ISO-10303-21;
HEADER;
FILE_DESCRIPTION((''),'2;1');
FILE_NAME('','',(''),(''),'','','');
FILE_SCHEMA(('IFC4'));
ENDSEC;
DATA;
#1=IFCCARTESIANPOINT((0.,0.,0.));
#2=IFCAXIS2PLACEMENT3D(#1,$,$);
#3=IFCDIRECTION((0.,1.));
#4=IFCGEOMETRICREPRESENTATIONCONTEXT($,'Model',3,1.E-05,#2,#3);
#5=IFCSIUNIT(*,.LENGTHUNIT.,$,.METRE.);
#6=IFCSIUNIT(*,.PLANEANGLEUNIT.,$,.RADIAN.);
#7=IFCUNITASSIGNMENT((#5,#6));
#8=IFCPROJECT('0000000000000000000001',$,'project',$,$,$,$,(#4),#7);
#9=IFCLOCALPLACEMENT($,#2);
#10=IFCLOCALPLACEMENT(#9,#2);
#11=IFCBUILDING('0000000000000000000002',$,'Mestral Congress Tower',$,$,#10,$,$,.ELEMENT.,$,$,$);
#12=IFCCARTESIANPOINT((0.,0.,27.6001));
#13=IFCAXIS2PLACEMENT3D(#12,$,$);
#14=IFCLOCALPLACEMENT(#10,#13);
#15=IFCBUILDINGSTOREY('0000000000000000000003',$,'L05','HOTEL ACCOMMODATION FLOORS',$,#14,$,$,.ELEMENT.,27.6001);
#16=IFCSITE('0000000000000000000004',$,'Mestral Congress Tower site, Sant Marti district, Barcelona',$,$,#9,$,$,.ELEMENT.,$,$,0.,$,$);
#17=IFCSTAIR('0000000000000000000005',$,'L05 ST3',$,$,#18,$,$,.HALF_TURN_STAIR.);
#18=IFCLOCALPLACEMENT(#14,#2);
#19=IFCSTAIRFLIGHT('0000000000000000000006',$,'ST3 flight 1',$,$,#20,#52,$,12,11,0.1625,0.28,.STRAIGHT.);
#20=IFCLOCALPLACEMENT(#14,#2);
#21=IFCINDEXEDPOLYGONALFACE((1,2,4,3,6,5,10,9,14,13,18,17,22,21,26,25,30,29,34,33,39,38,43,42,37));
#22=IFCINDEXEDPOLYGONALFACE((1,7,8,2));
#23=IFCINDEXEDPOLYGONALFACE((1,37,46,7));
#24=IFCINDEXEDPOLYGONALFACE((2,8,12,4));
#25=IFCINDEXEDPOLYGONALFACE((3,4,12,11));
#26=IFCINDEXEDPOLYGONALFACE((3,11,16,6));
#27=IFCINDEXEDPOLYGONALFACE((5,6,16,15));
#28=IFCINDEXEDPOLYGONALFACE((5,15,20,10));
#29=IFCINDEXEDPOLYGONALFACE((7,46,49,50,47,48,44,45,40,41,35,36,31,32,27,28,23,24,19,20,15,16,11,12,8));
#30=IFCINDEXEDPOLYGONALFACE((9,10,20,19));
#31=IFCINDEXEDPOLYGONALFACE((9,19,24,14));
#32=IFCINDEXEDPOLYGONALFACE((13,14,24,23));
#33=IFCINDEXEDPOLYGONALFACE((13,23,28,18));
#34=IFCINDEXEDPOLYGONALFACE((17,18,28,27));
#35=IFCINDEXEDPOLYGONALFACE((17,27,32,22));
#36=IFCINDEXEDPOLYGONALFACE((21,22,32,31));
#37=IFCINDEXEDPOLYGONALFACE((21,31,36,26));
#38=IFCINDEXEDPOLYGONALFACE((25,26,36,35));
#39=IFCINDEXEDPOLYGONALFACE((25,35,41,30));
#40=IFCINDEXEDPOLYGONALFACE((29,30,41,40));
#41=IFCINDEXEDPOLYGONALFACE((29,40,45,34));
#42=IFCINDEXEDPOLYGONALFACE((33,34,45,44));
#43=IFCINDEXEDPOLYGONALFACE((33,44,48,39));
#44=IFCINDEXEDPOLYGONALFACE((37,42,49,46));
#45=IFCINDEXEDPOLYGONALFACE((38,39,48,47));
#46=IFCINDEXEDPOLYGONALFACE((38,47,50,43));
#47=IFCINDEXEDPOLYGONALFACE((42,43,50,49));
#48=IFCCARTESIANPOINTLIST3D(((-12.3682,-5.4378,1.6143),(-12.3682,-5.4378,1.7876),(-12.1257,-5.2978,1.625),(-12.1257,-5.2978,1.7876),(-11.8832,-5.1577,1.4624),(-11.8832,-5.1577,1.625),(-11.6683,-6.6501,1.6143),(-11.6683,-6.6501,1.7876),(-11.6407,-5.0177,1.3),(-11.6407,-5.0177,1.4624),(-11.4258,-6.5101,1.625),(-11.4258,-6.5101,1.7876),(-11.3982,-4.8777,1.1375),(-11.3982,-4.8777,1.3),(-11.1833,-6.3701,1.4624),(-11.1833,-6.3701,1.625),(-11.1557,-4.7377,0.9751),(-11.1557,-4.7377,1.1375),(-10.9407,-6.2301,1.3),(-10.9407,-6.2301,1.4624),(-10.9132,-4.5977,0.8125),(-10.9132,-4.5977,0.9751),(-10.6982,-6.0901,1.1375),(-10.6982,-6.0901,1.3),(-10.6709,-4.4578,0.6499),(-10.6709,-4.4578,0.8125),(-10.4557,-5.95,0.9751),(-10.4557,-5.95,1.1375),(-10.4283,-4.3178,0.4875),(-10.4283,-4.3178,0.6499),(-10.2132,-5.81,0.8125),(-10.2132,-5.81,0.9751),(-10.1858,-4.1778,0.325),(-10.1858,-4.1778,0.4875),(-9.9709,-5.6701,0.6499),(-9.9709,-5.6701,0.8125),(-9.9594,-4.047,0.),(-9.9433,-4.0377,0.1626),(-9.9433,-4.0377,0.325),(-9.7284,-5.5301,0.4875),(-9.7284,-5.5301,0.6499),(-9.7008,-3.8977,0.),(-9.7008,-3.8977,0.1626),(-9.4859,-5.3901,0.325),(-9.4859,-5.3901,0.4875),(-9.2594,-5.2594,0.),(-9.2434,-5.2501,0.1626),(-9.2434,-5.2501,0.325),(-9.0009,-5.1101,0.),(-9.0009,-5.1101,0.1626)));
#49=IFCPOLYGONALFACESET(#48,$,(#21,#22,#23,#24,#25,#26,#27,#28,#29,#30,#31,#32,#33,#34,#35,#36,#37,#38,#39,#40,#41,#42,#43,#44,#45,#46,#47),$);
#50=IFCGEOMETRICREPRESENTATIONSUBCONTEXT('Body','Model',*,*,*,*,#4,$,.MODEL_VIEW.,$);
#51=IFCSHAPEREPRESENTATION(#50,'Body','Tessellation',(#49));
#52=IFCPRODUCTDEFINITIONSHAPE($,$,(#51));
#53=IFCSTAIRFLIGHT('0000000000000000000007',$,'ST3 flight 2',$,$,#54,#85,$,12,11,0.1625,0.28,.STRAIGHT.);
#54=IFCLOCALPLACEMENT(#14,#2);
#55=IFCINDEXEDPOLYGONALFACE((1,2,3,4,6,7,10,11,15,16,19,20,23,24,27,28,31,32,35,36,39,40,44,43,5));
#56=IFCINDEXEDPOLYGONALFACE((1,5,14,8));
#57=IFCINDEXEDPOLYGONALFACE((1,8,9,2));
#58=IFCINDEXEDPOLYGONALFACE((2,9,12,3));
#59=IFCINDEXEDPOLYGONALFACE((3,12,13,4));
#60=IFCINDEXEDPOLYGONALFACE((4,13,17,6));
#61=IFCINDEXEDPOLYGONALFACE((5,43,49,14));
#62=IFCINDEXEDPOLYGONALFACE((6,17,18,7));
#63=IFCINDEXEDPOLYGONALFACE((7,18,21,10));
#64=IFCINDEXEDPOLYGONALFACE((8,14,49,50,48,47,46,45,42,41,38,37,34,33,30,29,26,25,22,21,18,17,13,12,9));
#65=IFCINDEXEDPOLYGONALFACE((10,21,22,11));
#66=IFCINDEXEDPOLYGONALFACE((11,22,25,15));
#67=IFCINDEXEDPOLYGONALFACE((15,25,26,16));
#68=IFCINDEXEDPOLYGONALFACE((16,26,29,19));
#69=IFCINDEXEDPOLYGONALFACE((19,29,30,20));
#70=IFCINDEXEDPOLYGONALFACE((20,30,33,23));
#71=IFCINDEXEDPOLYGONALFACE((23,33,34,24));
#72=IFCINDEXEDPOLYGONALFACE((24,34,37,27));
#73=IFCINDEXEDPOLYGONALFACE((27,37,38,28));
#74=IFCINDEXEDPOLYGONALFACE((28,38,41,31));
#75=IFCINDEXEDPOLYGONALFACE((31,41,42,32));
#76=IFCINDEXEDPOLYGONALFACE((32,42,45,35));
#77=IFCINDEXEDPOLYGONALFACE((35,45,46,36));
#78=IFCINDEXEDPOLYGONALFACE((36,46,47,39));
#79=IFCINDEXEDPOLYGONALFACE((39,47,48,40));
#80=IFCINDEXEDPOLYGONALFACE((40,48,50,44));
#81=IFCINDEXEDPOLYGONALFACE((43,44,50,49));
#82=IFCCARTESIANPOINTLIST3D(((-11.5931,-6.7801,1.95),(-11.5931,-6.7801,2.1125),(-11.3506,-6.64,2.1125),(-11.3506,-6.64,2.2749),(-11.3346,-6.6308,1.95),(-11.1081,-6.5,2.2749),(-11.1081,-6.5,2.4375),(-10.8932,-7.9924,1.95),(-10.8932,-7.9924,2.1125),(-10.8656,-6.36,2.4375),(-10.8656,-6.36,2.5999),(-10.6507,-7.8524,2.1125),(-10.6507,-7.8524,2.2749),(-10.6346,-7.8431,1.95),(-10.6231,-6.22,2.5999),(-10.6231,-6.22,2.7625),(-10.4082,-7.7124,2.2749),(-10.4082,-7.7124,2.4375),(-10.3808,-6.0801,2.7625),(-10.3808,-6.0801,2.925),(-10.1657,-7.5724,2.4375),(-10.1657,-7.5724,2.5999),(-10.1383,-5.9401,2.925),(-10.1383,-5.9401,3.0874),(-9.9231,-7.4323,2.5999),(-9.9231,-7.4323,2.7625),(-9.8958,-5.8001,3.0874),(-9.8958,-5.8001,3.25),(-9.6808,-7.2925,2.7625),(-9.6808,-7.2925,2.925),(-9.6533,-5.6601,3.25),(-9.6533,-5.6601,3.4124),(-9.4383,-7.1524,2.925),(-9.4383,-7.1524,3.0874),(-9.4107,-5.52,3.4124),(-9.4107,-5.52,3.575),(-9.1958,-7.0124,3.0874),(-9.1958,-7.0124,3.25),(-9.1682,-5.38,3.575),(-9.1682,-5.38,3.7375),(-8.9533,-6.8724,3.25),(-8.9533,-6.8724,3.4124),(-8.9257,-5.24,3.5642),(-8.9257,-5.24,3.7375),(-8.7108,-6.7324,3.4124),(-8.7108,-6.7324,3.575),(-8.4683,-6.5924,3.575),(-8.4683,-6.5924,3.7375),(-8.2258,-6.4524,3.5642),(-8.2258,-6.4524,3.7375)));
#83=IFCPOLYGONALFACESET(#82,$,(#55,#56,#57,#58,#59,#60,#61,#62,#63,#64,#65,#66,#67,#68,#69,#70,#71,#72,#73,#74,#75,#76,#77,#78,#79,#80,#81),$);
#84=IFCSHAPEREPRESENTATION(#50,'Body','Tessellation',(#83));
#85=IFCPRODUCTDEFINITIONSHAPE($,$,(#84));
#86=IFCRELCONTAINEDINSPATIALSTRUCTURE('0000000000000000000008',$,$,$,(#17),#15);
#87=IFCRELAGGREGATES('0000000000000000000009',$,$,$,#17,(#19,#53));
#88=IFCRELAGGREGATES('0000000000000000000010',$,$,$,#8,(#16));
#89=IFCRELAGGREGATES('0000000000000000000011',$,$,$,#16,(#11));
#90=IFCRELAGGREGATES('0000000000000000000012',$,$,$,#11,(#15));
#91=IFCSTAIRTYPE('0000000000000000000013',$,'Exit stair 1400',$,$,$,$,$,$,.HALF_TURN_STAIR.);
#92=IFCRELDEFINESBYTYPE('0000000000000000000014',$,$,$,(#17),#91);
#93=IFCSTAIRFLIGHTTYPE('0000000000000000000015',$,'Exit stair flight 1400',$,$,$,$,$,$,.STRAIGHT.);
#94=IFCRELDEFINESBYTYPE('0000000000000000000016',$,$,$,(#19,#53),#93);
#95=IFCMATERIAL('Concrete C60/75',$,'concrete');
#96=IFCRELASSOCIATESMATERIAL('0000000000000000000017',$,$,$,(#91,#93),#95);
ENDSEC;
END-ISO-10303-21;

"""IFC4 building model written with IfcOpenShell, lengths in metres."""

from ifc_helpers import new_model, si_unit, direction, frame, origin, place, context, subcontext, project, spatial, polyline, outline, extrude, material, type_object, element, aggregate, save


model = new_model("IFC4")

# Units and contexts
model_context = context("Model", 3, precision=1e-05, world=origin(), true_north=direction((0.0, 1.0)))
body_context = subcontext(model_context, "Body", "Model", "MODEL_VIEW")
ifc_project = project(units=[si_unit("LENGTHUNIT", "METRE"), si_unit("PLANEANGLEUNIT", "RADIAN")], contexts=[model_context])

# Site, building, storey
site_placement = place(None, origin())
site = spatial("IfcSite", under=ifc_project, at=site_placement, Name="Mestral Congress Tower site, Sant Marti district, Barcelona", CompositionType="ELEMENT", RefElevation=0.0)
building_placement = place(site_placement, origin())
building = spatial("IfcBuilding", under=site, at=building_placement, Name="Mestral Congress Tower", CompositionType="ELEMENT")
storey_placement = place(building_placement, frame((0.0, 0.0, 27.6001)))
storey = spatial("IfcBuildingStorey", under=building, at=storey_placement, Name="L05", Description="HOTEL ACCOMMODATION FLOORS", CompositionType="ELEMENT", Elevation=27.6001)

# Shared definitions
ifc_material_1 = material(Name="Concrete C60/75", Category="concrete")

# Stair, stair flights
stair_type = type_object("IfcStairType", Name="Exit stair 1400", PredefinedType="HALF_TURN_STAIR", material=ifc_material_1)
stair_placement = place(storey_placement, origin())
stair = element("IfcStair", 1, at=stair_placement, inside=storey, type_object=stair_type, Name="L05 ST3", PredefinedType="HALF_TURN_STAIR")
stair_flight_type = type_object("IfcStairFlightType", Name="Exit stair flight 1400", PredefinedType="STRAIGHT", material=ifc_material_1)
stair_flight_1_placement = place(storey_placement, frame((-9.3508, -4.5039, 0.0), z_axis=(0.0, 0.0, 1.0), x_axis=(-0.866025, -0.5, 0.0)))
stair_flight_1 = element("IfcStairFlight", 2, at=stair_flight_1_placement, type_object=stair_flight_type, Name="ST3 flight 1", NumberOfRisers=12, NumberOfTreads=11, PredefinedType="STRAIGHT", RiserHeight=0.1625, TreadLength=0.28, context=body_context, shape_type="SweptSolid", body=[
    extrude(outline(polyline([(0.0, 0.0), (0.0, 0.1626), (0.28, 0.1626), (0.28, 0.325), (0.5601, 0.325), (0.5601, 0.4875), (0.8401, 0.4875), (0.8401, 0.6499), (1.1201, 0.6499), (1.1201, 0.8125), (1.3999, 0.8125), (1.3999, 0.9751), (1.6799, 0.9751), (1.6799, 1.1375), (1.96, 1.1375), (1.96, 1.3), (2.24, 1.3), (2.24, 1.4624), (2.52, 1.4624), (2.52, 1.625), (2.8, 1.625), (2.8, 1.7876), (3.0801, 1.7876), (3.0801, 1.95), (3.0801, 1.6143), (0.2986, 0.0), (0.0, 0.0)])), frame((0.0, 0.7, 0.0), z_axis=(0.0, -1.0, 0.0), x_axis=(1.0, 0.0, 0.0)), (0.0, 0.0, 1.0), 1.3999),
])
stair_flight_2_placement = place(storey_placement, frame((-11.2432, -7.3862, 1.95), z_axis=(0.0, 0.0, 1.0), x_axis=(0.866025, 0.5, 0.0)))
stair_flight_2 = element("IfcStairFlight", 3, at=stair_flight_2_placement, type_object=stair_flight_type, Name="ST3 flight 2", NumberOfRisers=12, NumberOfTreads=11, PredefinedType="STRAIGHT", RiserHeight=0.1625, TreadLength=0.28, context=body_context, shape_type="SweptSolid", body=[
    extrude(outline(polyline([(0.0, 0.0), (0.0, 0.1626), (0.28, 0.1626), (0.28, 0.325), (0.5601, 0.325), (0.5601, 0.4875), (0.8401, 0.4875), (0.8401, 0.6499), (1.1201, 0.6499), (1.1201, 0.8125), (1.3999, 0.8125), (1.3999, 0.9751), (1.6799, 0.9751), (1.6799, 1.1375), (1.96, 1.1375), (1.96, 1.3), (2.24, 1.3), (2.24, 1.4624), (2.52, 1.4624), (2.52, 1.625), (2.8, 1.625), (2.8, 1.7876), (3.0801, 1.7876), (3.0801, 1.95), (3.0801, 1.6143), (0.2986, 0.0), (0.0, 0.0)])), frame((0.0, 0.7, 0.0), z_axis=(0.0, -1.0, 0.0), x_axis=(1.0, 0.0, 0.0)), (0.0, 0.0, 1.0), 1.3999),
])
aggregate(stair, [stair_flight_1, stair_flight_2])

save(model, "model.ifc")
